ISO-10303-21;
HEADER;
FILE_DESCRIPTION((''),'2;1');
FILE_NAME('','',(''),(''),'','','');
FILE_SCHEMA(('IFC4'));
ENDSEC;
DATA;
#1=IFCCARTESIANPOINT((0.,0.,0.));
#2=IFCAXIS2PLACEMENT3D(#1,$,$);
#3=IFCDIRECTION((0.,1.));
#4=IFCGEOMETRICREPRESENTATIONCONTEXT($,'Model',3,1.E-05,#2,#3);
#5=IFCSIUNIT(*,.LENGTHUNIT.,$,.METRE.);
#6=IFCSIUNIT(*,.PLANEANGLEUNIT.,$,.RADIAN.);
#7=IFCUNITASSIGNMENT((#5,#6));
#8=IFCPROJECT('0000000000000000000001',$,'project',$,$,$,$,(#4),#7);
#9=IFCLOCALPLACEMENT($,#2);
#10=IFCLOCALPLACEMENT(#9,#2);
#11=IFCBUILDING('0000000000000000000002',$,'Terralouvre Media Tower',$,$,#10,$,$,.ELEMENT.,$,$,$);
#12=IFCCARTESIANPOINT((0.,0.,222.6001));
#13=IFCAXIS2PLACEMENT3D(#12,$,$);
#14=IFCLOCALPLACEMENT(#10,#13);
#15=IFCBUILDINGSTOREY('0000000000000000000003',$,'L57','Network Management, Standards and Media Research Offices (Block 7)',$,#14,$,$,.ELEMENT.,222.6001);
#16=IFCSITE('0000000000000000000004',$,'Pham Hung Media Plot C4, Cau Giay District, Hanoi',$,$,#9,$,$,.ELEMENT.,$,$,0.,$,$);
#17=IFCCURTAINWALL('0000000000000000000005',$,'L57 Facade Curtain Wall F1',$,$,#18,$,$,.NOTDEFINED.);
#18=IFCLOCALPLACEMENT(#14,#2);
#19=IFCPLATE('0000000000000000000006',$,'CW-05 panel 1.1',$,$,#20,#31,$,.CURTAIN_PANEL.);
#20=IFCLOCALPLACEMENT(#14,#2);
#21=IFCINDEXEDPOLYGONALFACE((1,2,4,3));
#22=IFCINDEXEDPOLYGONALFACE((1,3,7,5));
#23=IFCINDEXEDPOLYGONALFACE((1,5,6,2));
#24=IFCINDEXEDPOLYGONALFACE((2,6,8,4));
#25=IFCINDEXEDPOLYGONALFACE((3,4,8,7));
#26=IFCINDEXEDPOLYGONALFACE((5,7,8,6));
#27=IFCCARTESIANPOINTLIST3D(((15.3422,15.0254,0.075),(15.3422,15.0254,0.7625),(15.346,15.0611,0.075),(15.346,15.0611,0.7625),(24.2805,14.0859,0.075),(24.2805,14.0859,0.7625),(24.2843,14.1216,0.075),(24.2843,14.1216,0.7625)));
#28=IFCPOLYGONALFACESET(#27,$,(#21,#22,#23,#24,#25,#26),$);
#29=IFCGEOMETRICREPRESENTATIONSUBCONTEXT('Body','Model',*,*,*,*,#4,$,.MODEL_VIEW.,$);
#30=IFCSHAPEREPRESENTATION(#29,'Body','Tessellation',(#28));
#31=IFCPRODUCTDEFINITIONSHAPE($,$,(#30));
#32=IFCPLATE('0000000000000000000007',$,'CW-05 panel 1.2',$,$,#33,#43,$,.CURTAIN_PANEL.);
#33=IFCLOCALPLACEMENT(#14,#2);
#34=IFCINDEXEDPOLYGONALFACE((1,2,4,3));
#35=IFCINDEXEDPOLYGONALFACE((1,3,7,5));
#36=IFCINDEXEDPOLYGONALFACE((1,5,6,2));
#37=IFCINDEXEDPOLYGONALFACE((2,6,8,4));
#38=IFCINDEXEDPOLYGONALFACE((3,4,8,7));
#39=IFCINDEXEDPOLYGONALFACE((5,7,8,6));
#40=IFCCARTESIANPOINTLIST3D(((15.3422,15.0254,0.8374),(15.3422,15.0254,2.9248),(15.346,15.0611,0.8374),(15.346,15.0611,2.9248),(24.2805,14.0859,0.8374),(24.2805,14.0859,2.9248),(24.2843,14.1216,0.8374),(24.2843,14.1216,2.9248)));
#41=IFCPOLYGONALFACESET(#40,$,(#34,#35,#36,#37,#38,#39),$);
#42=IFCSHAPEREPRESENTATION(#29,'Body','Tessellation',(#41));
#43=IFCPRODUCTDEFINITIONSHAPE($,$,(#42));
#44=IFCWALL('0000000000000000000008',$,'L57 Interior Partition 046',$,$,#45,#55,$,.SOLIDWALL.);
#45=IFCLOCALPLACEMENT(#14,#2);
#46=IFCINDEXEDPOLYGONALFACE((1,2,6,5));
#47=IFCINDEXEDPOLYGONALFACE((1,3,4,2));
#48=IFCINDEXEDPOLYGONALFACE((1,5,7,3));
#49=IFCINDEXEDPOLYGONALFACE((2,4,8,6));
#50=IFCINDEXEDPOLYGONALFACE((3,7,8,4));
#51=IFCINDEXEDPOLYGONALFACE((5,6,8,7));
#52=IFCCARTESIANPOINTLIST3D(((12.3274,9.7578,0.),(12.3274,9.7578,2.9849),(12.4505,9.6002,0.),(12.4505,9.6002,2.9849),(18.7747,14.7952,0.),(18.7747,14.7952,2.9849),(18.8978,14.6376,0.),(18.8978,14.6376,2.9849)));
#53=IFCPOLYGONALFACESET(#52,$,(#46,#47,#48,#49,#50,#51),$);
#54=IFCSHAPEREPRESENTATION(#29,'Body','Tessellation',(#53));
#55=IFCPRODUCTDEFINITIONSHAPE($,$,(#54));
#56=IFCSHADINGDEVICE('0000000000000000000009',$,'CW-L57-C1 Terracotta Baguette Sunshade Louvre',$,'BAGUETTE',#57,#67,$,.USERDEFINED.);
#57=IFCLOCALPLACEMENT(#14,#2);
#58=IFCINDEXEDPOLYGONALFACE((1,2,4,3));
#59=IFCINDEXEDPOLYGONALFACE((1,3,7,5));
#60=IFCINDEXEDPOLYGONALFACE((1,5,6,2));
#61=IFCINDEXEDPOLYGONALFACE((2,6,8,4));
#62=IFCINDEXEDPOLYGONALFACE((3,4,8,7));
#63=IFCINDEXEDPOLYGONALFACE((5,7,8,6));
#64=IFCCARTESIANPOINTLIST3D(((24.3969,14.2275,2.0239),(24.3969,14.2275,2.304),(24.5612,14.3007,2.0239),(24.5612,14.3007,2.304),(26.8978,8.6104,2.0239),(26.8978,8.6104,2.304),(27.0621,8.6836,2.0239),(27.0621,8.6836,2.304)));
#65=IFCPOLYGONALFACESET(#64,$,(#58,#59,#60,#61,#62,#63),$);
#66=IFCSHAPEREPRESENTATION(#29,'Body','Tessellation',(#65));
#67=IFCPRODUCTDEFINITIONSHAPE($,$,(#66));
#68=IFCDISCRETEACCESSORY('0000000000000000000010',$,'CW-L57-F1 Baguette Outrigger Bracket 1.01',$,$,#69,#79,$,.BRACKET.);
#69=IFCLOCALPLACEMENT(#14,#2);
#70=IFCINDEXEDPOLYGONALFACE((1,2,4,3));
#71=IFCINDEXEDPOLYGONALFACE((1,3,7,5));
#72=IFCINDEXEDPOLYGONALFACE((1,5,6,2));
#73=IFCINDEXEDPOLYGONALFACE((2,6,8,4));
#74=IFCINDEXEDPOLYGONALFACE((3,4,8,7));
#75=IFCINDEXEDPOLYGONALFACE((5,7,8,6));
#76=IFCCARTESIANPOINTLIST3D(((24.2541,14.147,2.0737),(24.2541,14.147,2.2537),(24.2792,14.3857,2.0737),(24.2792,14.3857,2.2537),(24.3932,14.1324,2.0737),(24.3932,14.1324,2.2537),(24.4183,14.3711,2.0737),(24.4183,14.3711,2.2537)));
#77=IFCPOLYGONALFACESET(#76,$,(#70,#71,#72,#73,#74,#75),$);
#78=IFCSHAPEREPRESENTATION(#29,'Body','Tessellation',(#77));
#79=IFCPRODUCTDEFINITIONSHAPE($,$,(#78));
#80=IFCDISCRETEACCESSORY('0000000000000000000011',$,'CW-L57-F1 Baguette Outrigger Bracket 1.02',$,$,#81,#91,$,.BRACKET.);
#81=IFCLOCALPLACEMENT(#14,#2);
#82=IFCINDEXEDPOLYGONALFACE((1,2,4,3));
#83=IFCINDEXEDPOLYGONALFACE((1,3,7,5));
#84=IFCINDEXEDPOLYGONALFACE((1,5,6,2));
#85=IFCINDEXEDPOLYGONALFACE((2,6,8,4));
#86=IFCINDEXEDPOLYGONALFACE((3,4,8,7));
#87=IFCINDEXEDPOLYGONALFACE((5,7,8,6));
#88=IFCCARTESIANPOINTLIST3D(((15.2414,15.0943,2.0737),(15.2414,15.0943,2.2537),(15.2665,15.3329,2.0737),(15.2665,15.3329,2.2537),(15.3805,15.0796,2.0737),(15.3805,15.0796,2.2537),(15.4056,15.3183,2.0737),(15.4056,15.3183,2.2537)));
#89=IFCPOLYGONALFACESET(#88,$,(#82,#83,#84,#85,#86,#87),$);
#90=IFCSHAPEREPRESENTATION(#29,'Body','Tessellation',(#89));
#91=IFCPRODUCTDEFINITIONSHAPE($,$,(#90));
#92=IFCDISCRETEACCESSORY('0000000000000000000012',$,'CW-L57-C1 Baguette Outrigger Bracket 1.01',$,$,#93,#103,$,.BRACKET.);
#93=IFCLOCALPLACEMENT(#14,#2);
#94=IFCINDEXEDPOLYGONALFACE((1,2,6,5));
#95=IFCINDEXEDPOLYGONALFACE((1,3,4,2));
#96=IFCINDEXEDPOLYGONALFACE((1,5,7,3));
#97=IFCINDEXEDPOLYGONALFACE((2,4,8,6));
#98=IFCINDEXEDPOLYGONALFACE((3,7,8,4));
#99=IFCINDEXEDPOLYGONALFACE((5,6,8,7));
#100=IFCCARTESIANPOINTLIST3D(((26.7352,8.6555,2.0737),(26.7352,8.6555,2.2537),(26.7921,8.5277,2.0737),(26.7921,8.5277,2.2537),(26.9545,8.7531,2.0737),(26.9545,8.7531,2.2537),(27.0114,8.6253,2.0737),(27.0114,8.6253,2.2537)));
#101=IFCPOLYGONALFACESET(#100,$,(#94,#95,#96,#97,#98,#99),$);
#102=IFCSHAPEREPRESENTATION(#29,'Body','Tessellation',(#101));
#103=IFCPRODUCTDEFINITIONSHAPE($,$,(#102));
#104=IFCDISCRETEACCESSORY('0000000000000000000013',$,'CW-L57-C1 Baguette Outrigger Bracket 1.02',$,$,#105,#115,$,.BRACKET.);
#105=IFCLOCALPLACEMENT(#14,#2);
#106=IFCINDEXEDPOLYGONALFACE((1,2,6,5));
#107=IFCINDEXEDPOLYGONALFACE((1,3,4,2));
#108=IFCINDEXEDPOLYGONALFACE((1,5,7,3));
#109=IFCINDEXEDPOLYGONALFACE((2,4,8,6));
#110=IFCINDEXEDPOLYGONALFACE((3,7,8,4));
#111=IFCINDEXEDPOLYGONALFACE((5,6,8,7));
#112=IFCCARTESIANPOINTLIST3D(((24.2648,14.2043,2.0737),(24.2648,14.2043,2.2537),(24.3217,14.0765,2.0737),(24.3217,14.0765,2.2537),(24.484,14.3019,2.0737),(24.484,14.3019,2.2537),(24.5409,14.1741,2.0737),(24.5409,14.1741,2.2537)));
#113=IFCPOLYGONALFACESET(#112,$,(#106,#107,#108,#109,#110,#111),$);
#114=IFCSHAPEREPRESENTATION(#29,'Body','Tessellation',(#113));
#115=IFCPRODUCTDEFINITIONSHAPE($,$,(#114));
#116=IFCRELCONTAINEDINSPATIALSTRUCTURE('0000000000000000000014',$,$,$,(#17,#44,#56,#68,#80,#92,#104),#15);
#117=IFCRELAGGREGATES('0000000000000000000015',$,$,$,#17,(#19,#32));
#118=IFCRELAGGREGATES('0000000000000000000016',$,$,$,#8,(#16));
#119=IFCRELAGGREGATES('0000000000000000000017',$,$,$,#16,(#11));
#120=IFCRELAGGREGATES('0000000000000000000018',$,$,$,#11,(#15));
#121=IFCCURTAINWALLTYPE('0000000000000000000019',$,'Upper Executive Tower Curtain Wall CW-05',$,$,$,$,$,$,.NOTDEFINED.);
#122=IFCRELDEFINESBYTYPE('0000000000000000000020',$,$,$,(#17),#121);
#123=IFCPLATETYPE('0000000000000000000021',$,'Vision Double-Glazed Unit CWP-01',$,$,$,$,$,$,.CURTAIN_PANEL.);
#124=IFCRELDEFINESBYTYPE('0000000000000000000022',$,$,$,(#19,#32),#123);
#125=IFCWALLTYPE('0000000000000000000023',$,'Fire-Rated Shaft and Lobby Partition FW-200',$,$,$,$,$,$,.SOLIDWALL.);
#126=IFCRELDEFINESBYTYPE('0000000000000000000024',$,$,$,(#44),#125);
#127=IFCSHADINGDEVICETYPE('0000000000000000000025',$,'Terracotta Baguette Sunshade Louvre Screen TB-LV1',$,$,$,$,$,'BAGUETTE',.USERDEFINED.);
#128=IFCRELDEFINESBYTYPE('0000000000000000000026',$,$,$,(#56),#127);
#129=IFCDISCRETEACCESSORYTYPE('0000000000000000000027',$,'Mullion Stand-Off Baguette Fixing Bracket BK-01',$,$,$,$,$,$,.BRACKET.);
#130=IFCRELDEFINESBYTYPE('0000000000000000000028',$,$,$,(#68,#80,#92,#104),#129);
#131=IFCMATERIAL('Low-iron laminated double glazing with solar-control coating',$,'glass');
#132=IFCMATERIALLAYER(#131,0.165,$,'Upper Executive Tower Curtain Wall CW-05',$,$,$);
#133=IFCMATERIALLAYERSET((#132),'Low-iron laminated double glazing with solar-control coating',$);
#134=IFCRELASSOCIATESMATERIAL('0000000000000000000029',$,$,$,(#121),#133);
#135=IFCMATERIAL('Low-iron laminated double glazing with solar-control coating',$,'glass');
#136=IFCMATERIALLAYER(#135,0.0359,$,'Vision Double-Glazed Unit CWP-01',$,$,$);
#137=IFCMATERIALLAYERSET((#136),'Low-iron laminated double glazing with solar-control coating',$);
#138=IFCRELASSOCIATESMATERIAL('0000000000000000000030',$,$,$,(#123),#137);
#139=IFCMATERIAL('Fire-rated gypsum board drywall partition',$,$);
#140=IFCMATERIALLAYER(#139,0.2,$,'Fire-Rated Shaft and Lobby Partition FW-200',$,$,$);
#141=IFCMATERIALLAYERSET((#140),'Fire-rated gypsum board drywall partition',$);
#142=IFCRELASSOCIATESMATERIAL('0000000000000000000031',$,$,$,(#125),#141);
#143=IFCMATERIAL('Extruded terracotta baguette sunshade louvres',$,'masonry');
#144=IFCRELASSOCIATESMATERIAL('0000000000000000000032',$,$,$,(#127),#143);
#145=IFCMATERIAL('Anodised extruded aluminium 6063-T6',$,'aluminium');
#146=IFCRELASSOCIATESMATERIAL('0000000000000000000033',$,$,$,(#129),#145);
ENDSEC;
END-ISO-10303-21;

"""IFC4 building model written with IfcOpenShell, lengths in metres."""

from ifc_helpers import new_model, si_unit, direction, frame, frame_2d, origin, origin_2d, place, context, subcontext, project, spatial, rectangle, extrude, material, layer, layer_set, type_object, element, aggregate, save


model = new_model("IFC4")

# Units and contexts
model_context = context("Model", 3, precision=1e-05, world=origin(), true_north=direction((0.0, 1.0)))
body_context = subcontext(model_context, "Body", "Model", "MODEL_VIEW")
ifc_project = project(units=[si_unit("LENGTHUNIT", "METRE"), si_unit("PLANEANGLEUNIT", "RADIAN")], contexts=[model_context])

# Site, building, storey
site_placement = place(None, origin())
site = spatial("IfcSite", under=ifc_project, at=site_placement, Name="Pham Hung Media Plot C4, Cau Giay District, Hanoi", CompositionType="ELEMENT", RefElevation=0.0)
building_placement = place(site_placement, origin())
building = spatial("IfcBuilding", under=site, at=building_placement, Name="Terralouvre Media Tower", CompositionType="ELEMENT")
storey_placement = place(building_placement, frame((0.0, 0.0, 222.6001)))
storey = spatial("IfcBuildingStorey", under=building, at=storey_placement, Name="L57", Description="Network Management, Standards and Media Research Offices (Block 7)", CompositionType="ELEMENT", Elevation=222.6001)

# Curtain wall
ifc_material_1 = material(Name="Low-iron laminated double glazing with solar-control coating", Category="glass")
ifc_layer_1 = layer(ifc_material_1, 0.165, Name="Upper Executive Tower Curtain Wall CW-05")
ifc_layer_set_1 = layer_set([ifc_layer_1], Name="Low-iron laminated double glazing with solar-control coating")
curtain_wall_type_1 = type_object("IfcCurtainWallType", Name="Upper Executive Tower Curtain Wall CW-05", PredefinedType="NOTDEFINED", material=ifc_layer_set_1)
curtain_wall_1_placement = place(storey_placement, origin())
curtain_wall_1 = element("IfcCurtainWall", 1, at=curtain_wall_1_placement, inside=storey, type_object=curtain_wall_type_1, Name="L57 Facade Curtain Wall F1", PredefinedType="NOTDEFINED")

# Plates
ifc_material_2 = material(Name="Low-iron laminated double glazing with solar-control coating", Category="glass")
ifc_layer_2 = layer(ifc_material_2, 0.0359, Name="Vision Double-Glazed Unit CWP-01")
ifc_layer_set_2 = layer_set([ifc_layer_2], Name="Low-iron laminated double glazing with solar-control coating")
plate_type_1 = type_object("IfcPlateType", Name="Vision Double-Glazed Unit CWP-01", PredefinedType="CURTAIN_PANEL", material=ifc_layer_set_2)
plate_1_placement = place(storey_placement, frame((19.8132, 14.5735, 0.075), z_axis=(0.0, 0.0, 1.0), x_axis=(-0.994522, 0.104529, 0.0)))
plate_1 = element("IfcPlate", 2, at=plate_1_placement, type_object=plate_type_1, Name="CW-05 panel 1.1", PredefinedType="CURTAIN_PANEL", context=body_context, shape_type="SweptSolid", body=[
    extrude(rectangle(XDim=8.9875, YDim=0.0359, at=origin_2d()), origin(), (0.0, 0.0, 1.0), 0.6875),
])
plate_2_placement = place(storey_placement, frame((19.8132, 14.5735, 0.8374), z_axis=(0.0, 0.0, 1.0), x_axis=(-0.994522, 0.104529, 0.0)))
plate_2 = element("IfcPlate", 3, at=plate_2_placement, type_object=plate_type_1, Name="CW-05 panel 1.2", PredefinedType="CURTAIN_PANEL", context=body_context, shape_type="SweptSolid", body=[
    extrude(rectangle(XDim=8.9875, YDim=0.0359, at=origin_2d()), origin(), (0.0, 0.0, 1.0), 2.0874),
])
aggregate(curtain_wall_1, [plate_1, plate_2])

# Wall
ifc_material_3 = material(Name="Fire-rated gypsum board drywall partition")
ifc_layer_3 = layer(ifc_material_3, 0.2, Name="Fire-Rated Shaft and Lobby Partition FW-200")
ifc_layer_set_3 = layer_set([ifc_layer_3], Name="Fire-rated gypsum board drywall partition")
wall_type = type_object("IfcWallType", Name="Fire-Rated Shaft and Lobby Partition FW-200", PredefinedType="SOLIDWALL", material=ifc_layer_set_3)
wall_placement = place(storey_placement, frame((18.8362, 14.7163, 0.0), z_axis=(0.0, 0.0, 1.0), x_axis=(-0.787999, -0.615676, 0.0)))
element("IfcWall", 4, at=wall_placement, inside=storey, type_object=wall_type, Name="L57 Interior Partition 046", PredefinedType="SOLIDWALL", context=body_context, shape_type="SweptSolid", body=[
    extrude(rectangle(XDim=8.1819, YDim=0.2, at=frame_2d((4.0908, 0.0))), origin(), (0.0, 0.0, 1.0), 2.9849),
])

# Shading device
ifc_material_4 = material(Name="Extruded terracotta baguette sunshade louvres", Category="masonry")
shading_device_type = type_object("IfcShadingDeviceType", Name="Terracotta Baguette Sunshade Louvre Screen TB-LV1", ElementType="BAGUETTE", PredefinedType="USERDEFINED", material=ifc_material_4)
shading_device_placement = place(storey_placement, frame((25.7295, 11.4556, 2.0239), z_axis=(0.0, 0.0, 1.0), x_axis=(-0.406737, 0.913545, 0.0)))
element("IfcShadingDevice", 5, at=shading_device_placement, inside=storey, type_object=shading_device_type, Name="CW-L57-C1 Terracotta Baguette Sunshade Louvre", ObjectType="BAGUETTE", PredefinedType="USERDEFINED", context=body_context, shape_type="SweptSolid", body=[
    extrude(rectangle(XDim=6.1487, YDim=0.1799, at=origin_2d()), origin(), (0.0, 0.0, 1.0), 0.28),
])

# Discrete accessories
ifc_material_5 = material(Name="Anodised extruded aluminium 6063-T6", Category="aluminium")
discrete_accessory_type = type_object("IfcDiscreteAccessoryType", Name="Mullion Stand-Off Baguette Fixing Bracket BK-01", PredefinedType="BRACKET", material=ifc_material_5)
for number, where, z_axis, x_axis, name in (
    (6, (24.3362, 14.259, 2.0737), (0.0, 0.0, 1.0), (-0.994522, 0.104529, 0.0), "CW-L57-F1 Baguette Outrigger Bracket 1.01"),
    (7, (15.3235, 15.2063, 2.0737), (0.0, 0.0, 1.0), (-0.994522, 0.104529, 0.0), "CW-L57-F1 Baguette Outrigger Bracket 1.02"),
    (8, (26.8733, 8.6404, 2.0737), (0.0, 0.0, 1.0), (-0.406737, 0.913545, 0.0), "CW-L57-C1 Baguette Outrigger Bracket 1.01"),
    (9, (24.4028, 14.1892, 2.0737), (0.0, 0.0, 1.0), (-0.406737, 0.913545, 0.0), "CW-L57-C1 Baguette Outrigger Bracket 1.02"),
):
    element("IfcDiscreteAccessory", number, at=place(storey_placement, frame(where, z_axis=z_axis, x_axis=x_axis)), inside=storey, type_object=discrete_accessory_type, Name=name, PredefinedType="BRACKET", context=body_context, shape_type="SweptSolid", body=[
        extrude(rectangle(XDim=0.1399, YDim=0.24, at=origin_2d()), origin(), (0.0, 0.0, 1.0), 0.1799),
    ])

save(model, "model.ifc")
